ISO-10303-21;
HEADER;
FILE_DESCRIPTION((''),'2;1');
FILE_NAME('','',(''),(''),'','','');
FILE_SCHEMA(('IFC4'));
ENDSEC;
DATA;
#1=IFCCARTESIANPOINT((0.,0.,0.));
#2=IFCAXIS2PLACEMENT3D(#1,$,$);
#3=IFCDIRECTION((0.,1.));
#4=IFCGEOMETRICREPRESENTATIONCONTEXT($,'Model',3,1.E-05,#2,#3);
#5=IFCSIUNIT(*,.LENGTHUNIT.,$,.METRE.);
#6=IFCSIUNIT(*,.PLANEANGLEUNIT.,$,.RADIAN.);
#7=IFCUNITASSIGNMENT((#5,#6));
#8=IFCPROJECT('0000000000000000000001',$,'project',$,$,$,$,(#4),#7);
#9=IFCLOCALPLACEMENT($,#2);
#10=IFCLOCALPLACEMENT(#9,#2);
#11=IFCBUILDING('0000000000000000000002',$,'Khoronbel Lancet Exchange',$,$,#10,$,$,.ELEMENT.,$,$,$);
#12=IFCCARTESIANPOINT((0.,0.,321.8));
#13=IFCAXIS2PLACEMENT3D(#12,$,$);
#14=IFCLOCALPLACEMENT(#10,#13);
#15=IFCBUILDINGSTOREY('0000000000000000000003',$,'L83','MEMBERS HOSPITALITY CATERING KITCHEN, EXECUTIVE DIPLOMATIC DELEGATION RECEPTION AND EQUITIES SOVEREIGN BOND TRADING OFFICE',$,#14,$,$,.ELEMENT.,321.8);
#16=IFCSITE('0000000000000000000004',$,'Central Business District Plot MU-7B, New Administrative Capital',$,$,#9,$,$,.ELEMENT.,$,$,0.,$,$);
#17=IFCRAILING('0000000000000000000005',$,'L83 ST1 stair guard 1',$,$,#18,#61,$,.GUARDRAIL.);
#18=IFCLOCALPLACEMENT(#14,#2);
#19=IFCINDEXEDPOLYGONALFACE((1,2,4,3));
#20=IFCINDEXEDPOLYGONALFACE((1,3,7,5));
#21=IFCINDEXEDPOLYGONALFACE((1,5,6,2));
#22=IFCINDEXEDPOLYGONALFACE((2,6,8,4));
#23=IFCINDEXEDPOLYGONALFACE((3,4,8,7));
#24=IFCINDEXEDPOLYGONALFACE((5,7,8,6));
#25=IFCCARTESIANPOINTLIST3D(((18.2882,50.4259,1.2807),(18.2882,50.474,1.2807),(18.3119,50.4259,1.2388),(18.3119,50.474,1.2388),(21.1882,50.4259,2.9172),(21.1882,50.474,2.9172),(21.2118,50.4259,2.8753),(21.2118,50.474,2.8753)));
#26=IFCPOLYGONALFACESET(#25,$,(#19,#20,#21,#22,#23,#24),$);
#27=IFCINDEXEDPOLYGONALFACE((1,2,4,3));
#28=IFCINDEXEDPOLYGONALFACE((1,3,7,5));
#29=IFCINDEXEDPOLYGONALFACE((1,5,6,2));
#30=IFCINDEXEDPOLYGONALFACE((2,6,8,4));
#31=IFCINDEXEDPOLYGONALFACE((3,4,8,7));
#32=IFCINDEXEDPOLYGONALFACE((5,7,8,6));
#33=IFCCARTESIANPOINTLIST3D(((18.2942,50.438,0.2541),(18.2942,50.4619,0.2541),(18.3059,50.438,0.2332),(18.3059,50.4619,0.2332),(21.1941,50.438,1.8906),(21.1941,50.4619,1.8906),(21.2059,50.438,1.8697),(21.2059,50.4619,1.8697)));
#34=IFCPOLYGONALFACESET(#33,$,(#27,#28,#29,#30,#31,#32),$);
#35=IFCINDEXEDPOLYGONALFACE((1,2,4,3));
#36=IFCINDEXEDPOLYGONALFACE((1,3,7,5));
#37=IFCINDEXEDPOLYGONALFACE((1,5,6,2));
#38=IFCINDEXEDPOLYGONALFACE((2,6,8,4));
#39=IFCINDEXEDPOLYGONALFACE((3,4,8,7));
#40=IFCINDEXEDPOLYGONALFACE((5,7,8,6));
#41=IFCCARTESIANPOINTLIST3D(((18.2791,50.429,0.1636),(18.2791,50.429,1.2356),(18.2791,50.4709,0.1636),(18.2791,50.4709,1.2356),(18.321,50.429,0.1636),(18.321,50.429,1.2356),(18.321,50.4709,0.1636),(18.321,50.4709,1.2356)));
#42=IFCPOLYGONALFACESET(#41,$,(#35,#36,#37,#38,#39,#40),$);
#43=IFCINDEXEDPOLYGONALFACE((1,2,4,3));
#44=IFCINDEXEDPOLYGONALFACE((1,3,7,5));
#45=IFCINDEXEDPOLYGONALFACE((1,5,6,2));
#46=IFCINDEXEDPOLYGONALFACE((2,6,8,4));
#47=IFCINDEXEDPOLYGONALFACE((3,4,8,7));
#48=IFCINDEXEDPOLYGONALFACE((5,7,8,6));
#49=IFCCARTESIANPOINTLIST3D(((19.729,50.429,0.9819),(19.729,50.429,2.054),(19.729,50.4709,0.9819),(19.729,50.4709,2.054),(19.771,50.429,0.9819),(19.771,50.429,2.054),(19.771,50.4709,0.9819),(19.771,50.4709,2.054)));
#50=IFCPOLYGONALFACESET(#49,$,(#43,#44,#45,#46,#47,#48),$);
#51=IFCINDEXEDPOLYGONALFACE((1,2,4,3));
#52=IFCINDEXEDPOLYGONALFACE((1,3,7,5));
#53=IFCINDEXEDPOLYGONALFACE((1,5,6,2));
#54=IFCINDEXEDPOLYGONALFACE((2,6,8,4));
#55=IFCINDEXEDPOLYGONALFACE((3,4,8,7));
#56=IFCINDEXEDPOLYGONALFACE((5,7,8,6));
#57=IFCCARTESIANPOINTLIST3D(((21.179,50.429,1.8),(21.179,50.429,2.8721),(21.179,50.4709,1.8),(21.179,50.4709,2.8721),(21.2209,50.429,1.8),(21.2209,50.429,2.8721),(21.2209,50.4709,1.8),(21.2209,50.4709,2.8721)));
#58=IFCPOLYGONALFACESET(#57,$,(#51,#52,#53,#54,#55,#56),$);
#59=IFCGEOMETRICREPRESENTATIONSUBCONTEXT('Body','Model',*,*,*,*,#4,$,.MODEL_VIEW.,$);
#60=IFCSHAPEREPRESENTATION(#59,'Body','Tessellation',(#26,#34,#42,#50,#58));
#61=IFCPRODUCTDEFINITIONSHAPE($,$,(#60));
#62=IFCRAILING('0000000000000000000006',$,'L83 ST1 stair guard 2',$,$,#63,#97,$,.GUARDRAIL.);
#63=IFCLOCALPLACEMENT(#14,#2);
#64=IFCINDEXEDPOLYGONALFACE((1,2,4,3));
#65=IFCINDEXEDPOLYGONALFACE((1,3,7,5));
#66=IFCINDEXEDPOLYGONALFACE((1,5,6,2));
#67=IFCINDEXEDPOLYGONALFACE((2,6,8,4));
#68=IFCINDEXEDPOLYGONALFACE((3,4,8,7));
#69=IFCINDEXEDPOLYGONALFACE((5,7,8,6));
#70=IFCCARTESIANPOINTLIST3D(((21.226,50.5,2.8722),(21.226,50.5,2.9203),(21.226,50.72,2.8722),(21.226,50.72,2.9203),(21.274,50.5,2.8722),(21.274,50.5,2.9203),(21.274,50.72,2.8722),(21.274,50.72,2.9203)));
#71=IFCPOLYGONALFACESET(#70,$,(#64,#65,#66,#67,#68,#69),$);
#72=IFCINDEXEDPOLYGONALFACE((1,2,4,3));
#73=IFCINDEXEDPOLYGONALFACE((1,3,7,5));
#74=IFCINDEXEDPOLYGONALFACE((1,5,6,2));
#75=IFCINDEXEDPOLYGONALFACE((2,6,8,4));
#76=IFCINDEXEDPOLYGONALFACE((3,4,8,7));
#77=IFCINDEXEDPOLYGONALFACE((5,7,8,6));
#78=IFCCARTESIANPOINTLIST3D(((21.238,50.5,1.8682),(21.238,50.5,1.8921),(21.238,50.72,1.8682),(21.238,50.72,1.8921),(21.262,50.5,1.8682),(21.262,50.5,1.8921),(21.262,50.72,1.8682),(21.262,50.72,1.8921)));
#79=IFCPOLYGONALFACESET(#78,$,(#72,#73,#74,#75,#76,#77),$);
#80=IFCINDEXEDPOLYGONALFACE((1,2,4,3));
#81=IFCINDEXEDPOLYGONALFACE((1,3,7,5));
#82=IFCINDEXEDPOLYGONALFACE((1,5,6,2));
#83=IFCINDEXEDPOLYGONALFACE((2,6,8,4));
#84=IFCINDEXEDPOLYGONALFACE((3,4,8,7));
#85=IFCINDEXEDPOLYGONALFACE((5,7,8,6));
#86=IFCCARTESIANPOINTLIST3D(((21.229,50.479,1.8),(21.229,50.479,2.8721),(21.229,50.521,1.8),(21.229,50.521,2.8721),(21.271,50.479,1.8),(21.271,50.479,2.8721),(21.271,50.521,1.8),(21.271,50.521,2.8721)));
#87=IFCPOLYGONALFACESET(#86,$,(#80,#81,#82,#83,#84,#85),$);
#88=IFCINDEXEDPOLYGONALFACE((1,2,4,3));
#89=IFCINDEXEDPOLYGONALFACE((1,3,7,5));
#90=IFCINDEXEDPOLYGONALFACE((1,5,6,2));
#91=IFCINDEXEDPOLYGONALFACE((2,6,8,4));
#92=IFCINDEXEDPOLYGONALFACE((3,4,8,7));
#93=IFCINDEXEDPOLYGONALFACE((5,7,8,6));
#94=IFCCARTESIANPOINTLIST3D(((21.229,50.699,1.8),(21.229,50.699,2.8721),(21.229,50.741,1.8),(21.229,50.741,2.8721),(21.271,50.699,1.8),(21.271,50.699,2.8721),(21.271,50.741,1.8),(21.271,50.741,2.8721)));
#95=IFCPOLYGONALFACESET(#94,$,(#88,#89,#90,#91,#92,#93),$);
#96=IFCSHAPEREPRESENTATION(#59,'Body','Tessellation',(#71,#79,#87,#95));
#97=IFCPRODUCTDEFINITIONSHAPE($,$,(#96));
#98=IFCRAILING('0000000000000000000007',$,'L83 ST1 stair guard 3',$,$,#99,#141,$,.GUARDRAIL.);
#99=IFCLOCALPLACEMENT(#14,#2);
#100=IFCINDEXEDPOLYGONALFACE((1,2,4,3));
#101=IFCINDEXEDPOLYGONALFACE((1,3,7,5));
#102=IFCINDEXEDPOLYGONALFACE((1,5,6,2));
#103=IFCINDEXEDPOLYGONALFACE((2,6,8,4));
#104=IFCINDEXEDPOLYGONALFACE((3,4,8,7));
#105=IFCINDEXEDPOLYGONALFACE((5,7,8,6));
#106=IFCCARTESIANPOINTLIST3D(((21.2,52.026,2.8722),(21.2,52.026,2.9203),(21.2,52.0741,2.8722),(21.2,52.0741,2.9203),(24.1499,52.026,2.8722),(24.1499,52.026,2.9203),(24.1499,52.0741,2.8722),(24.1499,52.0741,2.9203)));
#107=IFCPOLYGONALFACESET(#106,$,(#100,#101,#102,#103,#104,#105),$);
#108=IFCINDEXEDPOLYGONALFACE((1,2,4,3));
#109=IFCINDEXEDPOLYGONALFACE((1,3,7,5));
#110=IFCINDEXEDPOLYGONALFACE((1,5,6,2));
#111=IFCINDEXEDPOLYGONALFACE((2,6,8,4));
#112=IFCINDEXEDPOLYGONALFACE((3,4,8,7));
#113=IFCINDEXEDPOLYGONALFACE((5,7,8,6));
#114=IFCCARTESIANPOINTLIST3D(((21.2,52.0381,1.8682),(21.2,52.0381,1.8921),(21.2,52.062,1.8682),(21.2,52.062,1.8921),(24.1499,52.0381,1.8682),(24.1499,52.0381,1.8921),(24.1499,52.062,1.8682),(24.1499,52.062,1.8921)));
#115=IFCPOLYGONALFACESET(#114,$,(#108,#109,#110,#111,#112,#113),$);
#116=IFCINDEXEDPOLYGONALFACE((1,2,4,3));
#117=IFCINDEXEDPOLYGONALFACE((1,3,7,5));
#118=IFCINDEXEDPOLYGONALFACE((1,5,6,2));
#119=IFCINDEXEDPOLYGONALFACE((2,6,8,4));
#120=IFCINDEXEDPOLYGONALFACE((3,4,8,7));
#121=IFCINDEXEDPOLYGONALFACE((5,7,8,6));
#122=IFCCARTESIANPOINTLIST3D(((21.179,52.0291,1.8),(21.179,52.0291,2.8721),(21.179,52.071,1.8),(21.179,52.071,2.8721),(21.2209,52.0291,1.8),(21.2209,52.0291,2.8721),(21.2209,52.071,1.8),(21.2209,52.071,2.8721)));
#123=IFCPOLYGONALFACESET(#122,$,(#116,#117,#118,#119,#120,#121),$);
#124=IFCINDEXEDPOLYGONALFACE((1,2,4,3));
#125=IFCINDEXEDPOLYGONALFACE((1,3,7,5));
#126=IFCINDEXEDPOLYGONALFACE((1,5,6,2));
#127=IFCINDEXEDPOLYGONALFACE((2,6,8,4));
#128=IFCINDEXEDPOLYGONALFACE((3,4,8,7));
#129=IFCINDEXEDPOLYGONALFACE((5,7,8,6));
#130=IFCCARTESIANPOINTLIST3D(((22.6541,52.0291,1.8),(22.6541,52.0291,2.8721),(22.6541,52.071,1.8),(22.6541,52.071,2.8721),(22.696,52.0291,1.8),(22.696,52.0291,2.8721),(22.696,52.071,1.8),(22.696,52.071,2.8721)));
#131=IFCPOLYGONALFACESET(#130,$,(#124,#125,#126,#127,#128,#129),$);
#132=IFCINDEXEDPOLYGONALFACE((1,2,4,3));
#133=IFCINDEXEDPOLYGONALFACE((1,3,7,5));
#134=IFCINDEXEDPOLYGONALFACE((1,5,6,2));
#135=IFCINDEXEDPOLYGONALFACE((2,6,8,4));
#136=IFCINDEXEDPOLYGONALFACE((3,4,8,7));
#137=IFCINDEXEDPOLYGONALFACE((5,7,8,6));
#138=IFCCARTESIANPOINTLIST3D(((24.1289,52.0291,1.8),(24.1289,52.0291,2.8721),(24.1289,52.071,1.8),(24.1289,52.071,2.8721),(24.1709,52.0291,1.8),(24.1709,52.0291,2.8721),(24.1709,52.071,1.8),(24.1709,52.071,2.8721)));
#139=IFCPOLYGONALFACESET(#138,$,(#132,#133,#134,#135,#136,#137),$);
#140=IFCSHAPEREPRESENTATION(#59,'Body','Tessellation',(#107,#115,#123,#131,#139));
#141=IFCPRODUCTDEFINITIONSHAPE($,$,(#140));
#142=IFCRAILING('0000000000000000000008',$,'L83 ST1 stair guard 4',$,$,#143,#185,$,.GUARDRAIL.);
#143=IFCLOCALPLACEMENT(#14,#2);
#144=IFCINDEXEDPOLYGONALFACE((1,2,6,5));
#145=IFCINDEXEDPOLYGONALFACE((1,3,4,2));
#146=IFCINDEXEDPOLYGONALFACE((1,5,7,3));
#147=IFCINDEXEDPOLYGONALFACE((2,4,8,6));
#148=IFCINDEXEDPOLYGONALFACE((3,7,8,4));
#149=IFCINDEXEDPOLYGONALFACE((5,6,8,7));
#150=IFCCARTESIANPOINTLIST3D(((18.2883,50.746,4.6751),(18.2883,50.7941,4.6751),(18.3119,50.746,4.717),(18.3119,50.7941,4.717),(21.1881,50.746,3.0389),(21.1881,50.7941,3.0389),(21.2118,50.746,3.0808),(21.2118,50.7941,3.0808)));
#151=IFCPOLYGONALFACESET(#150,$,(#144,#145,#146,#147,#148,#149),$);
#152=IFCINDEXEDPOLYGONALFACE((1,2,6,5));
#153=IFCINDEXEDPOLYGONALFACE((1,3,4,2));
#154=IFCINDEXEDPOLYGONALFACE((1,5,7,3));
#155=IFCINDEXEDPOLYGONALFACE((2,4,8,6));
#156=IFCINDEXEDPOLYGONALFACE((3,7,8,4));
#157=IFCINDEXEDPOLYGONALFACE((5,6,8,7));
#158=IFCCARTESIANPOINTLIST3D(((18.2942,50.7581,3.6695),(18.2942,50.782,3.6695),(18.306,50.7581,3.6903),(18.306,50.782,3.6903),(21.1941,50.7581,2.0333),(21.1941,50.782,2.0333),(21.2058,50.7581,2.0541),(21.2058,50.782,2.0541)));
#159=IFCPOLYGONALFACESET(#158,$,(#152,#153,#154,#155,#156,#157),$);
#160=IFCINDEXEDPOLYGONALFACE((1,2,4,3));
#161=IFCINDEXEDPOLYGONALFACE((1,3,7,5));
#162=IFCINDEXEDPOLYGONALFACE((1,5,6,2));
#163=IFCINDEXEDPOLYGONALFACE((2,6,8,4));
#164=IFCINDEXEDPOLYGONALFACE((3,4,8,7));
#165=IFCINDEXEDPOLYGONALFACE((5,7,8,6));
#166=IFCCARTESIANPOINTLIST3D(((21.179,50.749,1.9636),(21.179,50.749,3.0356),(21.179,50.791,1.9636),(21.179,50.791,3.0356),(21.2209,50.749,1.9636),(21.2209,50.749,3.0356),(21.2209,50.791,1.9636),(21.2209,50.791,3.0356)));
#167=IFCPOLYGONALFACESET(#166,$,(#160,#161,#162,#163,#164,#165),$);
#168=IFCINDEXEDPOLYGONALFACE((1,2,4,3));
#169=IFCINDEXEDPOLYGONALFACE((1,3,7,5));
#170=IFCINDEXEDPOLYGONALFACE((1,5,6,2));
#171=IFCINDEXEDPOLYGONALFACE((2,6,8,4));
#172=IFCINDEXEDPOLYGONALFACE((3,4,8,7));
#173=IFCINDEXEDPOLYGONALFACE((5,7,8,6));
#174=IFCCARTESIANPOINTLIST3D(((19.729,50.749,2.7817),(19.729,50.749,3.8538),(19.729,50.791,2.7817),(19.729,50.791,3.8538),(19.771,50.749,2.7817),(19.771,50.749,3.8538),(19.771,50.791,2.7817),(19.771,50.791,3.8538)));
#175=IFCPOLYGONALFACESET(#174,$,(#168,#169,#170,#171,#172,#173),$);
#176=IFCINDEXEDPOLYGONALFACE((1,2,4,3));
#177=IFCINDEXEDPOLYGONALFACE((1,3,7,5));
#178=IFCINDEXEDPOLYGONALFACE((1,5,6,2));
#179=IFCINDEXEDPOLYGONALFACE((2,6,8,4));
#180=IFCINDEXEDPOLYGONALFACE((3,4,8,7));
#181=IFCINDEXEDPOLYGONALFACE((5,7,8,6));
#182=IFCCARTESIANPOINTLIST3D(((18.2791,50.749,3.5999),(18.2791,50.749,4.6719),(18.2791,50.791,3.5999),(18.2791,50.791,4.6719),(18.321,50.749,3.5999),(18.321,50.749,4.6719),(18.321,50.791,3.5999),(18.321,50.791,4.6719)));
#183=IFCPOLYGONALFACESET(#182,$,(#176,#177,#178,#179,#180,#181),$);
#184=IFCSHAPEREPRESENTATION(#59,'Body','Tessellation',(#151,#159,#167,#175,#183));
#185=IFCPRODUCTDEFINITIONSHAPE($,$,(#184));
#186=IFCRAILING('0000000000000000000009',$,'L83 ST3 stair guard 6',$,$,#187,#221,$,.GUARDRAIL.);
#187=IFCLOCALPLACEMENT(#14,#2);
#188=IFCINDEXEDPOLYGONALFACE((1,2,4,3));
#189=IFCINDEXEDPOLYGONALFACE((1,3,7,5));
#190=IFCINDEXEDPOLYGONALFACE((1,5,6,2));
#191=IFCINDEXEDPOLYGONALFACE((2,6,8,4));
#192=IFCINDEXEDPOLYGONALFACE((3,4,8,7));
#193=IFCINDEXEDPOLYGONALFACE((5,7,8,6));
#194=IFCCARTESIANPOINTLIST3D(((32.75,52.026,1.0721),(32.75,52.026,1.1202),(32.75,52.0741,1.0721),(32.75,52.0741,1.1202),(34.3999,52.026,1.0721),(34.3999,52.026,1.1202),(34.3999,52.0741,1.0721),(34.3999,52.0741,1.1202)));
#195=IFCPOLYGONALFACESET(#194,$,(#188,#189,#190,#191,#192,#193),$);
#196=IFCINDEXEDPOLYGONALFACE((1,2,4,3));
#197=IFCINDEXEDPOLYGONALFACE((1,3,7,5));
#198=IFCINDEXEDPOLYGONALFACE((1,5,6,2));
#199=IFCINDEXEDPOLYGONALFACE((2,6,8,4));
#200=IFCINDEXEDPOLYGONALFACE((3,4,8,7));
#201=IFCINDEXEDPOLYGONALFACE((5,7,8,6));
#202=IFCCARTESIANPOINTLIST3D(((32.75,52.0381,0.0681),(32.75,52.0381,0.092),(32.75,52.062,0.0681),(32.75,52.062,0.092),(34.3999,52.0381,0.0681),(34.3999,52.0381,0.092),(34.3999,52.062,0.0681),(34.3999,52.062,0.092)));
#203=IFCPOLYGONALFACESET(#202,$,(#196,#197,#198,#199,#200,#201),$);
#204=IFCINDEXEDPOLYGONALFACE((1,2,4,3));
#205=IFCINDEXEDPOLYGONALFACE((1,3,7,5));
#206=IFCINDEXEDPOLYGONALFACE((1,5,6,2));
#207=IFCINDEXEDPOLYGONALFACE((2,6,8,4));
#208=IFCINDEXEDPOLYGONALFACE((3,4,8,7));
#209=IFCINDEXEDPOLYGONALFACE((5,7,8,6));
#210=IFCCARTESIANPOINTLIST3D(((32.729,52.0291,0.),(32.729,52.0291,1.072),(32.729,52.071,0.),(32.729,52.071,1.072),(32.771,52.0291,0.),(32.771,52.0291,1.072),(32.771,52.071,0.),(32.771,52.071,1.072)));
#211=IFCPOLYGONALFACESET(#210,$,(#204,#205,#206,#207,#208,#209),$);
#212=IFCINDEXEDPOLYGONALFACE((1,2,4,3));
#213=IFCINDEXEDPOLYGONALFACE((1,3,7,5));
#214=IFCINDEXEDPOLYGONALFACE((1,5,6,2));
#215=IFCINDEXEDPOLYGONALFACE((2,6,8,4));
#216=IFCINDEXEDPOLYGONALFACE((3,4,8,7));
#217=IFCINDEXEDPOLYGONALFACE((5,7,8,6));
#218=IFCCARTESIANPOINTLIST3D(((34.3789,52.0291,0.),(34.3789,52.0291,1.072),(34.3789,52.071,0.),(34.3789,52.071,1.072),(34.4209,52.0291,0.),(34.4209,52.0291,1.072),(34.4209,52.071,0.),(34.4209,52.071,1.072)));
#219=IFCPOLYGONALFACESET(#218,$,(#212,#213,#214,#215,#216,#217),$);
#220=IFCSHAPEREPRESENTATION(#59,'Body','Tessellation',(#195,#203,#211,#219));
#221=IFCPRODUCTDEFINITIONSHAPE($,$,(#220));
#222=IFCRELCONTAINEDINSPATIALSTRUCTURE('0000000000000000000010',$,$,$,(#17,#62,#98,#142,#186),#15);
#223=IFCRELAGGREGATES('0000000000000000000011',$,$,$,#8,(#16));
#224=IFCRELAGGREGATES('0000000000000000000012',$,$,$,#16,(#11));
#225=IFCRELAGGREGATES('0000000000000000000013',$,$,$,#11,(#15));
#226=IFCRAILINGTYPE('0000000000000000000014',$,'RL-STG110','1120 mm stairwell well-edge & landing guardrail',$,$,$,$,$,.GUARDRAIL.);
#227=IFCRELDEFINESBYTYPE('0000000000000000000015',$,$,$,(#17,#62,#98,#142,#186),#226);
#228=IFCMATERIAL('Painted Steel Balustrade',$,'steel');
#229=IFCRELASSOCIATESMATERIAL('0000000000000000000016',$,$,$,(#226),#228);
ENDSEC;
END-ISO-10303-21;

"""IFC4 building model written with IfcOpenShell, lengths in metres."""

from ifc_helpers import new_model, si_unit, direction, frame, origin, origin_2d, place, context, subcontext, project, spatial, rectangle, extrude, material, type_object, element, save


model = new_model("IFC4")

# Units and contexts
model_context = context("Model", 3, precision=1e-05, world=origin(), true_north=direction((0.0, 1.0)))
body_context = subcontext(model_context, "Body", "Model", "MODEL_VIEW")
ifc_project = project(units=[si_unit("LENGTHUNIT", "METRE"), si_unit("PLANEANGLEUNIT", "RADIAN")], contexts=[model_context])

# Site, building, storey
site_placement = place(None, origin())
site = spatial("IfcSite", under=ifc_project, at=site_placement, Name="Central Business District Plot MU-7B, New Administrative Capital", CompositionType="ELEMENT", RefElevation=0.0)
building_placement = place(site_placement, origin())
building = spatial("IfcBuilding", under=site, at=building_placement, Name="Khoronbel Lancet Exchange", CompositionType="ELEMENT")
storey_placement = place(building_placement, frame((0.0, 0.0, 321.8)))
storey = spatial("IfcBuildingStorey", under=building, at=storey_placement, Name="L83", Description="MEMBERS HOSPITALITY CATERING KITCHEN, EXECUTIVE DIPLOMATIC DELEGATION RECEPTION AND EQUITIES SOVEREIGN BOND TRADING OFFICE", CompositionType="ELEMENT", Elevation=321.8)

# Railings
ifc_material_1 = material(Name="Painted Steel Balustrade", Category="steel")
railing_type_1 = type_object("IfcRailingType", Name="RL-STG110", Description="1120 mm stairwell well-edge & landing guardrail", PredefinedType="GUARDRAIL", material=ifc_material_1)
railing_1_placement = place(storey_placement, frame((18.3, 50.45, 0.1636)))
element("IfcRailing", 1, at=railing_1_placement, inside=storey, type_object=railing_type_1, Name="L83 ST1 stair guard 1", PredefinedType="GUARDRAIL", context=body_context, shape_type="SweptSolid", body=[
    extrude(rectangle(XDim=0.0481, YDim=0.0481, at=origin_2d()), frame((0.0, 0.0, 1.0962), z_axis=(0.870897, 0.0, 0.491465), x_axis=(0.0, 1.0, 0.0)), (0.0, 0.0, 1.0), 3.3298),
    extrude(rectangle(XDim=0.0239, YDim=0.0239, at=origin_2d()), frame((0.0, 0.0, 0.0801), z_axis=(0.870897, 0.0, 0.491465), x_axis=(0.0, 1.0, 0.0)), (0.0, 0.0, 1.0), 3.3298),
    extrude(rectangle(XDim=0.042, YDim=0.042, at=origin_2d()), origin(), (0.0, 0.0, 1.0), 1.072),
    extrude(rectangle(XDim=0.042, YDim=0.042, at=origin_2d()), frame((1.45, 0.0, 0.8184)), (0.0, 0.0, 1.0), 1.072),
    extrude(rectangle(XDim=0.042, YDim=0.042, at=origin_2d()), frame((2.8999, 0.0, 1.6365)), (0.0, 0.0, 1.0), 1.072),
])
railing_2_placement = place(storey_placement, frame((21.25, 50.5, 1.8)))
element("IfcRailing", 2, at=railing_2_placement, inside=storey, type_object=railing_type_1, Name="L83 ST1 stair guard 2", PredefinedType="GUARDRAIL", context=body_context, shape_type="SweptSolid", body=[
    extrude(rectangle(XDim=0.0481, YDim=0.0481, at=origin_2d()), frame((0.0, 0.0, 1.0962), z_axis=(0.0, 1.0, 0.0), x_axis=(-1.0, 0.0, 0.0)), (0.0, 0.0, 1.0), 0.22),
    extrude(rectangle(XDim=0.0239, YDim=0.0239, at=origin_2d()), frame((0.0, 0.0, 0.0801), z_axis=(0.0, 1.0, 0.0), x_axis=(-1.0, 0.0, 0.0)), (0.0, 0.0, 1.0), 0.22),
    extrude(rectangle(XDim=0.042, YDim=0.042, at=origin_2d()), origin(), (0.0, 0.0, 1.0), 1.072),
    extrude(rectangle(XDim=0.042, YDim=0.042, at=origin_2d()), frame((0.0, 0.22, 0.0)), (0.0, 0.0, 1.0), 1.072),
])
railing_3_placement = place(storey_placement, frame((21.2, 52.05, 1.8)))
element("IfcRailing", 3, at=railing_3_placement, inside=storey, type_object=railing_type_1, Name="L83 ST1 stair guard 3", PredefinedType="GUARDRAIL", context=body_context, shape_type="SweptSolid", body=[
    extrude(rectangle(XDim=0.0481, YDim=0.0481, at=origin_2d()), frame((0.0, 0.0, 1.0962), z_axis=(1.0, 0.0, 0.0), x_axis=(0.0, 1.0, 0.0)), (0.0, 0.0, 1.0), 2.95),
    extrude(rectangle(XDim=0.0239, YDim=0.0239, at=origin_2d()), frame((0.0, 0.0, 0.0801), z_axis=(1.0, 0.0, 0.0), x_axis=(0.0, 1.0, 0.0)), (0.0, 0.0, 1.0), 2.95),
    extrude(rectangle(XDim=0.042, YDim=0.042, at=origin_2d()), origin(), (0.0, 0.0, 1.0), 1.072),
    extrude(rectangle(XDim=0.042, YDim=0.042, at=origin_2d()), frame((1.4751, 0.0, 0.0)), (0.0, 0.0, 1.0), 1.072),
    extrude(rectangle(XDim=0.042, YDim=0.042, at=origin_2d()), frame((2.95, 0.0, 0.0)), (0.0, 0.0, 1.0), 1.072),
])
railing_4_placement = place(storey_placement, frame((21.2, 50.77, 1.9636)))
element("IfcRailing", 4, at=railing_4_placement, inside=storey, type_object=railing_type_1, Name="L83 ST1 stair guard 4", PredefinedType="GUARDRAIL", context=body_context, shape_type="SweptSolid", body=[
    extrude(rectangle(XDim=0.0481, YDim=0.0481, at=origin_2d()), frame((0.0, 0.0, 1.0962), z_axis=(-0.870929, 0.0, 0.49141), x_axis=(0.0, -1.0, 0.0)), (0.0, 0.0, 1.0), 3.3296),
    extrude(rectangle(XDim=0.0239, YDim=0.0239, at=origin_2d()), frame((0.0, 0.0, 0.0801), z_axis=(-0.870929, 0.0, 0.49141), x_axis=(0.0, -1.0, 0.0)), (0.0, 0.0, 1.0), 3.3296),
    extrude(rectangle(XDim=0.042, YDim=0.042, at=origin_2d()), origin(), (0.0, 0.0, 1.0), 1.072),
    extrude(rectangle(XDim=0.042, YDim=0.042, at=origin_2d()), frame((-1.45, 0.0, 0.8181)), (0.0, 0.0, 1.0), 1.072),
    extrude(rectangle(XDim=0.042, YDim=0.042, at=origin_2d()), frame((-2.8999, 0.0, 1.6362)), (0.0, 0.0, 1.0), 1.072),
])
railing_5_placement = place(storey_placement, frame((32.75, 52.05, 0.0)))
element("IfcRailing", 5, at=railing_5_placement, inside=storey, type_object=railing_type_1, Name="L83 ST3 stair guard 6", PredefinedType="GUARDRAIL", context=body_context, shape_type="SweptSolid", body=[
    extrude(rectangle(XDim=0.0481, YDim=0.0481, at=origin_2d()), frame((0.0, 0.0, 1.0962), z_axis=(1.0, 0.0, 0.0), x_axis=(0.0, 1.0, 0.0)), (0.0, 0.0, 1.0), 1.6499),
    extrude(rectangle(XDim=0.0239, YDim=0.0239, at=origin_2d()), frame((0.0, 0.0, 0.0801), z_axis=(1.0, 0.0, 0.0), x_axis=(0.0, 1.0, 0.0)), (0.0, 0.0, 1.0), 1.6499),
    extrude(rectangle(XDim=0.042, YDim=0.042, at=origin_2d()), origin(), (0.0, 0.0, 1.0), 1.072),
    extrude(rectangle(XDim=0.042, YDim=0.042, at=origin_2d()), frame((1.6499, 0.0, 0.0)), (0.0, 0.0, 1.0), 1.072),
])

save(model, "model.ifc")
